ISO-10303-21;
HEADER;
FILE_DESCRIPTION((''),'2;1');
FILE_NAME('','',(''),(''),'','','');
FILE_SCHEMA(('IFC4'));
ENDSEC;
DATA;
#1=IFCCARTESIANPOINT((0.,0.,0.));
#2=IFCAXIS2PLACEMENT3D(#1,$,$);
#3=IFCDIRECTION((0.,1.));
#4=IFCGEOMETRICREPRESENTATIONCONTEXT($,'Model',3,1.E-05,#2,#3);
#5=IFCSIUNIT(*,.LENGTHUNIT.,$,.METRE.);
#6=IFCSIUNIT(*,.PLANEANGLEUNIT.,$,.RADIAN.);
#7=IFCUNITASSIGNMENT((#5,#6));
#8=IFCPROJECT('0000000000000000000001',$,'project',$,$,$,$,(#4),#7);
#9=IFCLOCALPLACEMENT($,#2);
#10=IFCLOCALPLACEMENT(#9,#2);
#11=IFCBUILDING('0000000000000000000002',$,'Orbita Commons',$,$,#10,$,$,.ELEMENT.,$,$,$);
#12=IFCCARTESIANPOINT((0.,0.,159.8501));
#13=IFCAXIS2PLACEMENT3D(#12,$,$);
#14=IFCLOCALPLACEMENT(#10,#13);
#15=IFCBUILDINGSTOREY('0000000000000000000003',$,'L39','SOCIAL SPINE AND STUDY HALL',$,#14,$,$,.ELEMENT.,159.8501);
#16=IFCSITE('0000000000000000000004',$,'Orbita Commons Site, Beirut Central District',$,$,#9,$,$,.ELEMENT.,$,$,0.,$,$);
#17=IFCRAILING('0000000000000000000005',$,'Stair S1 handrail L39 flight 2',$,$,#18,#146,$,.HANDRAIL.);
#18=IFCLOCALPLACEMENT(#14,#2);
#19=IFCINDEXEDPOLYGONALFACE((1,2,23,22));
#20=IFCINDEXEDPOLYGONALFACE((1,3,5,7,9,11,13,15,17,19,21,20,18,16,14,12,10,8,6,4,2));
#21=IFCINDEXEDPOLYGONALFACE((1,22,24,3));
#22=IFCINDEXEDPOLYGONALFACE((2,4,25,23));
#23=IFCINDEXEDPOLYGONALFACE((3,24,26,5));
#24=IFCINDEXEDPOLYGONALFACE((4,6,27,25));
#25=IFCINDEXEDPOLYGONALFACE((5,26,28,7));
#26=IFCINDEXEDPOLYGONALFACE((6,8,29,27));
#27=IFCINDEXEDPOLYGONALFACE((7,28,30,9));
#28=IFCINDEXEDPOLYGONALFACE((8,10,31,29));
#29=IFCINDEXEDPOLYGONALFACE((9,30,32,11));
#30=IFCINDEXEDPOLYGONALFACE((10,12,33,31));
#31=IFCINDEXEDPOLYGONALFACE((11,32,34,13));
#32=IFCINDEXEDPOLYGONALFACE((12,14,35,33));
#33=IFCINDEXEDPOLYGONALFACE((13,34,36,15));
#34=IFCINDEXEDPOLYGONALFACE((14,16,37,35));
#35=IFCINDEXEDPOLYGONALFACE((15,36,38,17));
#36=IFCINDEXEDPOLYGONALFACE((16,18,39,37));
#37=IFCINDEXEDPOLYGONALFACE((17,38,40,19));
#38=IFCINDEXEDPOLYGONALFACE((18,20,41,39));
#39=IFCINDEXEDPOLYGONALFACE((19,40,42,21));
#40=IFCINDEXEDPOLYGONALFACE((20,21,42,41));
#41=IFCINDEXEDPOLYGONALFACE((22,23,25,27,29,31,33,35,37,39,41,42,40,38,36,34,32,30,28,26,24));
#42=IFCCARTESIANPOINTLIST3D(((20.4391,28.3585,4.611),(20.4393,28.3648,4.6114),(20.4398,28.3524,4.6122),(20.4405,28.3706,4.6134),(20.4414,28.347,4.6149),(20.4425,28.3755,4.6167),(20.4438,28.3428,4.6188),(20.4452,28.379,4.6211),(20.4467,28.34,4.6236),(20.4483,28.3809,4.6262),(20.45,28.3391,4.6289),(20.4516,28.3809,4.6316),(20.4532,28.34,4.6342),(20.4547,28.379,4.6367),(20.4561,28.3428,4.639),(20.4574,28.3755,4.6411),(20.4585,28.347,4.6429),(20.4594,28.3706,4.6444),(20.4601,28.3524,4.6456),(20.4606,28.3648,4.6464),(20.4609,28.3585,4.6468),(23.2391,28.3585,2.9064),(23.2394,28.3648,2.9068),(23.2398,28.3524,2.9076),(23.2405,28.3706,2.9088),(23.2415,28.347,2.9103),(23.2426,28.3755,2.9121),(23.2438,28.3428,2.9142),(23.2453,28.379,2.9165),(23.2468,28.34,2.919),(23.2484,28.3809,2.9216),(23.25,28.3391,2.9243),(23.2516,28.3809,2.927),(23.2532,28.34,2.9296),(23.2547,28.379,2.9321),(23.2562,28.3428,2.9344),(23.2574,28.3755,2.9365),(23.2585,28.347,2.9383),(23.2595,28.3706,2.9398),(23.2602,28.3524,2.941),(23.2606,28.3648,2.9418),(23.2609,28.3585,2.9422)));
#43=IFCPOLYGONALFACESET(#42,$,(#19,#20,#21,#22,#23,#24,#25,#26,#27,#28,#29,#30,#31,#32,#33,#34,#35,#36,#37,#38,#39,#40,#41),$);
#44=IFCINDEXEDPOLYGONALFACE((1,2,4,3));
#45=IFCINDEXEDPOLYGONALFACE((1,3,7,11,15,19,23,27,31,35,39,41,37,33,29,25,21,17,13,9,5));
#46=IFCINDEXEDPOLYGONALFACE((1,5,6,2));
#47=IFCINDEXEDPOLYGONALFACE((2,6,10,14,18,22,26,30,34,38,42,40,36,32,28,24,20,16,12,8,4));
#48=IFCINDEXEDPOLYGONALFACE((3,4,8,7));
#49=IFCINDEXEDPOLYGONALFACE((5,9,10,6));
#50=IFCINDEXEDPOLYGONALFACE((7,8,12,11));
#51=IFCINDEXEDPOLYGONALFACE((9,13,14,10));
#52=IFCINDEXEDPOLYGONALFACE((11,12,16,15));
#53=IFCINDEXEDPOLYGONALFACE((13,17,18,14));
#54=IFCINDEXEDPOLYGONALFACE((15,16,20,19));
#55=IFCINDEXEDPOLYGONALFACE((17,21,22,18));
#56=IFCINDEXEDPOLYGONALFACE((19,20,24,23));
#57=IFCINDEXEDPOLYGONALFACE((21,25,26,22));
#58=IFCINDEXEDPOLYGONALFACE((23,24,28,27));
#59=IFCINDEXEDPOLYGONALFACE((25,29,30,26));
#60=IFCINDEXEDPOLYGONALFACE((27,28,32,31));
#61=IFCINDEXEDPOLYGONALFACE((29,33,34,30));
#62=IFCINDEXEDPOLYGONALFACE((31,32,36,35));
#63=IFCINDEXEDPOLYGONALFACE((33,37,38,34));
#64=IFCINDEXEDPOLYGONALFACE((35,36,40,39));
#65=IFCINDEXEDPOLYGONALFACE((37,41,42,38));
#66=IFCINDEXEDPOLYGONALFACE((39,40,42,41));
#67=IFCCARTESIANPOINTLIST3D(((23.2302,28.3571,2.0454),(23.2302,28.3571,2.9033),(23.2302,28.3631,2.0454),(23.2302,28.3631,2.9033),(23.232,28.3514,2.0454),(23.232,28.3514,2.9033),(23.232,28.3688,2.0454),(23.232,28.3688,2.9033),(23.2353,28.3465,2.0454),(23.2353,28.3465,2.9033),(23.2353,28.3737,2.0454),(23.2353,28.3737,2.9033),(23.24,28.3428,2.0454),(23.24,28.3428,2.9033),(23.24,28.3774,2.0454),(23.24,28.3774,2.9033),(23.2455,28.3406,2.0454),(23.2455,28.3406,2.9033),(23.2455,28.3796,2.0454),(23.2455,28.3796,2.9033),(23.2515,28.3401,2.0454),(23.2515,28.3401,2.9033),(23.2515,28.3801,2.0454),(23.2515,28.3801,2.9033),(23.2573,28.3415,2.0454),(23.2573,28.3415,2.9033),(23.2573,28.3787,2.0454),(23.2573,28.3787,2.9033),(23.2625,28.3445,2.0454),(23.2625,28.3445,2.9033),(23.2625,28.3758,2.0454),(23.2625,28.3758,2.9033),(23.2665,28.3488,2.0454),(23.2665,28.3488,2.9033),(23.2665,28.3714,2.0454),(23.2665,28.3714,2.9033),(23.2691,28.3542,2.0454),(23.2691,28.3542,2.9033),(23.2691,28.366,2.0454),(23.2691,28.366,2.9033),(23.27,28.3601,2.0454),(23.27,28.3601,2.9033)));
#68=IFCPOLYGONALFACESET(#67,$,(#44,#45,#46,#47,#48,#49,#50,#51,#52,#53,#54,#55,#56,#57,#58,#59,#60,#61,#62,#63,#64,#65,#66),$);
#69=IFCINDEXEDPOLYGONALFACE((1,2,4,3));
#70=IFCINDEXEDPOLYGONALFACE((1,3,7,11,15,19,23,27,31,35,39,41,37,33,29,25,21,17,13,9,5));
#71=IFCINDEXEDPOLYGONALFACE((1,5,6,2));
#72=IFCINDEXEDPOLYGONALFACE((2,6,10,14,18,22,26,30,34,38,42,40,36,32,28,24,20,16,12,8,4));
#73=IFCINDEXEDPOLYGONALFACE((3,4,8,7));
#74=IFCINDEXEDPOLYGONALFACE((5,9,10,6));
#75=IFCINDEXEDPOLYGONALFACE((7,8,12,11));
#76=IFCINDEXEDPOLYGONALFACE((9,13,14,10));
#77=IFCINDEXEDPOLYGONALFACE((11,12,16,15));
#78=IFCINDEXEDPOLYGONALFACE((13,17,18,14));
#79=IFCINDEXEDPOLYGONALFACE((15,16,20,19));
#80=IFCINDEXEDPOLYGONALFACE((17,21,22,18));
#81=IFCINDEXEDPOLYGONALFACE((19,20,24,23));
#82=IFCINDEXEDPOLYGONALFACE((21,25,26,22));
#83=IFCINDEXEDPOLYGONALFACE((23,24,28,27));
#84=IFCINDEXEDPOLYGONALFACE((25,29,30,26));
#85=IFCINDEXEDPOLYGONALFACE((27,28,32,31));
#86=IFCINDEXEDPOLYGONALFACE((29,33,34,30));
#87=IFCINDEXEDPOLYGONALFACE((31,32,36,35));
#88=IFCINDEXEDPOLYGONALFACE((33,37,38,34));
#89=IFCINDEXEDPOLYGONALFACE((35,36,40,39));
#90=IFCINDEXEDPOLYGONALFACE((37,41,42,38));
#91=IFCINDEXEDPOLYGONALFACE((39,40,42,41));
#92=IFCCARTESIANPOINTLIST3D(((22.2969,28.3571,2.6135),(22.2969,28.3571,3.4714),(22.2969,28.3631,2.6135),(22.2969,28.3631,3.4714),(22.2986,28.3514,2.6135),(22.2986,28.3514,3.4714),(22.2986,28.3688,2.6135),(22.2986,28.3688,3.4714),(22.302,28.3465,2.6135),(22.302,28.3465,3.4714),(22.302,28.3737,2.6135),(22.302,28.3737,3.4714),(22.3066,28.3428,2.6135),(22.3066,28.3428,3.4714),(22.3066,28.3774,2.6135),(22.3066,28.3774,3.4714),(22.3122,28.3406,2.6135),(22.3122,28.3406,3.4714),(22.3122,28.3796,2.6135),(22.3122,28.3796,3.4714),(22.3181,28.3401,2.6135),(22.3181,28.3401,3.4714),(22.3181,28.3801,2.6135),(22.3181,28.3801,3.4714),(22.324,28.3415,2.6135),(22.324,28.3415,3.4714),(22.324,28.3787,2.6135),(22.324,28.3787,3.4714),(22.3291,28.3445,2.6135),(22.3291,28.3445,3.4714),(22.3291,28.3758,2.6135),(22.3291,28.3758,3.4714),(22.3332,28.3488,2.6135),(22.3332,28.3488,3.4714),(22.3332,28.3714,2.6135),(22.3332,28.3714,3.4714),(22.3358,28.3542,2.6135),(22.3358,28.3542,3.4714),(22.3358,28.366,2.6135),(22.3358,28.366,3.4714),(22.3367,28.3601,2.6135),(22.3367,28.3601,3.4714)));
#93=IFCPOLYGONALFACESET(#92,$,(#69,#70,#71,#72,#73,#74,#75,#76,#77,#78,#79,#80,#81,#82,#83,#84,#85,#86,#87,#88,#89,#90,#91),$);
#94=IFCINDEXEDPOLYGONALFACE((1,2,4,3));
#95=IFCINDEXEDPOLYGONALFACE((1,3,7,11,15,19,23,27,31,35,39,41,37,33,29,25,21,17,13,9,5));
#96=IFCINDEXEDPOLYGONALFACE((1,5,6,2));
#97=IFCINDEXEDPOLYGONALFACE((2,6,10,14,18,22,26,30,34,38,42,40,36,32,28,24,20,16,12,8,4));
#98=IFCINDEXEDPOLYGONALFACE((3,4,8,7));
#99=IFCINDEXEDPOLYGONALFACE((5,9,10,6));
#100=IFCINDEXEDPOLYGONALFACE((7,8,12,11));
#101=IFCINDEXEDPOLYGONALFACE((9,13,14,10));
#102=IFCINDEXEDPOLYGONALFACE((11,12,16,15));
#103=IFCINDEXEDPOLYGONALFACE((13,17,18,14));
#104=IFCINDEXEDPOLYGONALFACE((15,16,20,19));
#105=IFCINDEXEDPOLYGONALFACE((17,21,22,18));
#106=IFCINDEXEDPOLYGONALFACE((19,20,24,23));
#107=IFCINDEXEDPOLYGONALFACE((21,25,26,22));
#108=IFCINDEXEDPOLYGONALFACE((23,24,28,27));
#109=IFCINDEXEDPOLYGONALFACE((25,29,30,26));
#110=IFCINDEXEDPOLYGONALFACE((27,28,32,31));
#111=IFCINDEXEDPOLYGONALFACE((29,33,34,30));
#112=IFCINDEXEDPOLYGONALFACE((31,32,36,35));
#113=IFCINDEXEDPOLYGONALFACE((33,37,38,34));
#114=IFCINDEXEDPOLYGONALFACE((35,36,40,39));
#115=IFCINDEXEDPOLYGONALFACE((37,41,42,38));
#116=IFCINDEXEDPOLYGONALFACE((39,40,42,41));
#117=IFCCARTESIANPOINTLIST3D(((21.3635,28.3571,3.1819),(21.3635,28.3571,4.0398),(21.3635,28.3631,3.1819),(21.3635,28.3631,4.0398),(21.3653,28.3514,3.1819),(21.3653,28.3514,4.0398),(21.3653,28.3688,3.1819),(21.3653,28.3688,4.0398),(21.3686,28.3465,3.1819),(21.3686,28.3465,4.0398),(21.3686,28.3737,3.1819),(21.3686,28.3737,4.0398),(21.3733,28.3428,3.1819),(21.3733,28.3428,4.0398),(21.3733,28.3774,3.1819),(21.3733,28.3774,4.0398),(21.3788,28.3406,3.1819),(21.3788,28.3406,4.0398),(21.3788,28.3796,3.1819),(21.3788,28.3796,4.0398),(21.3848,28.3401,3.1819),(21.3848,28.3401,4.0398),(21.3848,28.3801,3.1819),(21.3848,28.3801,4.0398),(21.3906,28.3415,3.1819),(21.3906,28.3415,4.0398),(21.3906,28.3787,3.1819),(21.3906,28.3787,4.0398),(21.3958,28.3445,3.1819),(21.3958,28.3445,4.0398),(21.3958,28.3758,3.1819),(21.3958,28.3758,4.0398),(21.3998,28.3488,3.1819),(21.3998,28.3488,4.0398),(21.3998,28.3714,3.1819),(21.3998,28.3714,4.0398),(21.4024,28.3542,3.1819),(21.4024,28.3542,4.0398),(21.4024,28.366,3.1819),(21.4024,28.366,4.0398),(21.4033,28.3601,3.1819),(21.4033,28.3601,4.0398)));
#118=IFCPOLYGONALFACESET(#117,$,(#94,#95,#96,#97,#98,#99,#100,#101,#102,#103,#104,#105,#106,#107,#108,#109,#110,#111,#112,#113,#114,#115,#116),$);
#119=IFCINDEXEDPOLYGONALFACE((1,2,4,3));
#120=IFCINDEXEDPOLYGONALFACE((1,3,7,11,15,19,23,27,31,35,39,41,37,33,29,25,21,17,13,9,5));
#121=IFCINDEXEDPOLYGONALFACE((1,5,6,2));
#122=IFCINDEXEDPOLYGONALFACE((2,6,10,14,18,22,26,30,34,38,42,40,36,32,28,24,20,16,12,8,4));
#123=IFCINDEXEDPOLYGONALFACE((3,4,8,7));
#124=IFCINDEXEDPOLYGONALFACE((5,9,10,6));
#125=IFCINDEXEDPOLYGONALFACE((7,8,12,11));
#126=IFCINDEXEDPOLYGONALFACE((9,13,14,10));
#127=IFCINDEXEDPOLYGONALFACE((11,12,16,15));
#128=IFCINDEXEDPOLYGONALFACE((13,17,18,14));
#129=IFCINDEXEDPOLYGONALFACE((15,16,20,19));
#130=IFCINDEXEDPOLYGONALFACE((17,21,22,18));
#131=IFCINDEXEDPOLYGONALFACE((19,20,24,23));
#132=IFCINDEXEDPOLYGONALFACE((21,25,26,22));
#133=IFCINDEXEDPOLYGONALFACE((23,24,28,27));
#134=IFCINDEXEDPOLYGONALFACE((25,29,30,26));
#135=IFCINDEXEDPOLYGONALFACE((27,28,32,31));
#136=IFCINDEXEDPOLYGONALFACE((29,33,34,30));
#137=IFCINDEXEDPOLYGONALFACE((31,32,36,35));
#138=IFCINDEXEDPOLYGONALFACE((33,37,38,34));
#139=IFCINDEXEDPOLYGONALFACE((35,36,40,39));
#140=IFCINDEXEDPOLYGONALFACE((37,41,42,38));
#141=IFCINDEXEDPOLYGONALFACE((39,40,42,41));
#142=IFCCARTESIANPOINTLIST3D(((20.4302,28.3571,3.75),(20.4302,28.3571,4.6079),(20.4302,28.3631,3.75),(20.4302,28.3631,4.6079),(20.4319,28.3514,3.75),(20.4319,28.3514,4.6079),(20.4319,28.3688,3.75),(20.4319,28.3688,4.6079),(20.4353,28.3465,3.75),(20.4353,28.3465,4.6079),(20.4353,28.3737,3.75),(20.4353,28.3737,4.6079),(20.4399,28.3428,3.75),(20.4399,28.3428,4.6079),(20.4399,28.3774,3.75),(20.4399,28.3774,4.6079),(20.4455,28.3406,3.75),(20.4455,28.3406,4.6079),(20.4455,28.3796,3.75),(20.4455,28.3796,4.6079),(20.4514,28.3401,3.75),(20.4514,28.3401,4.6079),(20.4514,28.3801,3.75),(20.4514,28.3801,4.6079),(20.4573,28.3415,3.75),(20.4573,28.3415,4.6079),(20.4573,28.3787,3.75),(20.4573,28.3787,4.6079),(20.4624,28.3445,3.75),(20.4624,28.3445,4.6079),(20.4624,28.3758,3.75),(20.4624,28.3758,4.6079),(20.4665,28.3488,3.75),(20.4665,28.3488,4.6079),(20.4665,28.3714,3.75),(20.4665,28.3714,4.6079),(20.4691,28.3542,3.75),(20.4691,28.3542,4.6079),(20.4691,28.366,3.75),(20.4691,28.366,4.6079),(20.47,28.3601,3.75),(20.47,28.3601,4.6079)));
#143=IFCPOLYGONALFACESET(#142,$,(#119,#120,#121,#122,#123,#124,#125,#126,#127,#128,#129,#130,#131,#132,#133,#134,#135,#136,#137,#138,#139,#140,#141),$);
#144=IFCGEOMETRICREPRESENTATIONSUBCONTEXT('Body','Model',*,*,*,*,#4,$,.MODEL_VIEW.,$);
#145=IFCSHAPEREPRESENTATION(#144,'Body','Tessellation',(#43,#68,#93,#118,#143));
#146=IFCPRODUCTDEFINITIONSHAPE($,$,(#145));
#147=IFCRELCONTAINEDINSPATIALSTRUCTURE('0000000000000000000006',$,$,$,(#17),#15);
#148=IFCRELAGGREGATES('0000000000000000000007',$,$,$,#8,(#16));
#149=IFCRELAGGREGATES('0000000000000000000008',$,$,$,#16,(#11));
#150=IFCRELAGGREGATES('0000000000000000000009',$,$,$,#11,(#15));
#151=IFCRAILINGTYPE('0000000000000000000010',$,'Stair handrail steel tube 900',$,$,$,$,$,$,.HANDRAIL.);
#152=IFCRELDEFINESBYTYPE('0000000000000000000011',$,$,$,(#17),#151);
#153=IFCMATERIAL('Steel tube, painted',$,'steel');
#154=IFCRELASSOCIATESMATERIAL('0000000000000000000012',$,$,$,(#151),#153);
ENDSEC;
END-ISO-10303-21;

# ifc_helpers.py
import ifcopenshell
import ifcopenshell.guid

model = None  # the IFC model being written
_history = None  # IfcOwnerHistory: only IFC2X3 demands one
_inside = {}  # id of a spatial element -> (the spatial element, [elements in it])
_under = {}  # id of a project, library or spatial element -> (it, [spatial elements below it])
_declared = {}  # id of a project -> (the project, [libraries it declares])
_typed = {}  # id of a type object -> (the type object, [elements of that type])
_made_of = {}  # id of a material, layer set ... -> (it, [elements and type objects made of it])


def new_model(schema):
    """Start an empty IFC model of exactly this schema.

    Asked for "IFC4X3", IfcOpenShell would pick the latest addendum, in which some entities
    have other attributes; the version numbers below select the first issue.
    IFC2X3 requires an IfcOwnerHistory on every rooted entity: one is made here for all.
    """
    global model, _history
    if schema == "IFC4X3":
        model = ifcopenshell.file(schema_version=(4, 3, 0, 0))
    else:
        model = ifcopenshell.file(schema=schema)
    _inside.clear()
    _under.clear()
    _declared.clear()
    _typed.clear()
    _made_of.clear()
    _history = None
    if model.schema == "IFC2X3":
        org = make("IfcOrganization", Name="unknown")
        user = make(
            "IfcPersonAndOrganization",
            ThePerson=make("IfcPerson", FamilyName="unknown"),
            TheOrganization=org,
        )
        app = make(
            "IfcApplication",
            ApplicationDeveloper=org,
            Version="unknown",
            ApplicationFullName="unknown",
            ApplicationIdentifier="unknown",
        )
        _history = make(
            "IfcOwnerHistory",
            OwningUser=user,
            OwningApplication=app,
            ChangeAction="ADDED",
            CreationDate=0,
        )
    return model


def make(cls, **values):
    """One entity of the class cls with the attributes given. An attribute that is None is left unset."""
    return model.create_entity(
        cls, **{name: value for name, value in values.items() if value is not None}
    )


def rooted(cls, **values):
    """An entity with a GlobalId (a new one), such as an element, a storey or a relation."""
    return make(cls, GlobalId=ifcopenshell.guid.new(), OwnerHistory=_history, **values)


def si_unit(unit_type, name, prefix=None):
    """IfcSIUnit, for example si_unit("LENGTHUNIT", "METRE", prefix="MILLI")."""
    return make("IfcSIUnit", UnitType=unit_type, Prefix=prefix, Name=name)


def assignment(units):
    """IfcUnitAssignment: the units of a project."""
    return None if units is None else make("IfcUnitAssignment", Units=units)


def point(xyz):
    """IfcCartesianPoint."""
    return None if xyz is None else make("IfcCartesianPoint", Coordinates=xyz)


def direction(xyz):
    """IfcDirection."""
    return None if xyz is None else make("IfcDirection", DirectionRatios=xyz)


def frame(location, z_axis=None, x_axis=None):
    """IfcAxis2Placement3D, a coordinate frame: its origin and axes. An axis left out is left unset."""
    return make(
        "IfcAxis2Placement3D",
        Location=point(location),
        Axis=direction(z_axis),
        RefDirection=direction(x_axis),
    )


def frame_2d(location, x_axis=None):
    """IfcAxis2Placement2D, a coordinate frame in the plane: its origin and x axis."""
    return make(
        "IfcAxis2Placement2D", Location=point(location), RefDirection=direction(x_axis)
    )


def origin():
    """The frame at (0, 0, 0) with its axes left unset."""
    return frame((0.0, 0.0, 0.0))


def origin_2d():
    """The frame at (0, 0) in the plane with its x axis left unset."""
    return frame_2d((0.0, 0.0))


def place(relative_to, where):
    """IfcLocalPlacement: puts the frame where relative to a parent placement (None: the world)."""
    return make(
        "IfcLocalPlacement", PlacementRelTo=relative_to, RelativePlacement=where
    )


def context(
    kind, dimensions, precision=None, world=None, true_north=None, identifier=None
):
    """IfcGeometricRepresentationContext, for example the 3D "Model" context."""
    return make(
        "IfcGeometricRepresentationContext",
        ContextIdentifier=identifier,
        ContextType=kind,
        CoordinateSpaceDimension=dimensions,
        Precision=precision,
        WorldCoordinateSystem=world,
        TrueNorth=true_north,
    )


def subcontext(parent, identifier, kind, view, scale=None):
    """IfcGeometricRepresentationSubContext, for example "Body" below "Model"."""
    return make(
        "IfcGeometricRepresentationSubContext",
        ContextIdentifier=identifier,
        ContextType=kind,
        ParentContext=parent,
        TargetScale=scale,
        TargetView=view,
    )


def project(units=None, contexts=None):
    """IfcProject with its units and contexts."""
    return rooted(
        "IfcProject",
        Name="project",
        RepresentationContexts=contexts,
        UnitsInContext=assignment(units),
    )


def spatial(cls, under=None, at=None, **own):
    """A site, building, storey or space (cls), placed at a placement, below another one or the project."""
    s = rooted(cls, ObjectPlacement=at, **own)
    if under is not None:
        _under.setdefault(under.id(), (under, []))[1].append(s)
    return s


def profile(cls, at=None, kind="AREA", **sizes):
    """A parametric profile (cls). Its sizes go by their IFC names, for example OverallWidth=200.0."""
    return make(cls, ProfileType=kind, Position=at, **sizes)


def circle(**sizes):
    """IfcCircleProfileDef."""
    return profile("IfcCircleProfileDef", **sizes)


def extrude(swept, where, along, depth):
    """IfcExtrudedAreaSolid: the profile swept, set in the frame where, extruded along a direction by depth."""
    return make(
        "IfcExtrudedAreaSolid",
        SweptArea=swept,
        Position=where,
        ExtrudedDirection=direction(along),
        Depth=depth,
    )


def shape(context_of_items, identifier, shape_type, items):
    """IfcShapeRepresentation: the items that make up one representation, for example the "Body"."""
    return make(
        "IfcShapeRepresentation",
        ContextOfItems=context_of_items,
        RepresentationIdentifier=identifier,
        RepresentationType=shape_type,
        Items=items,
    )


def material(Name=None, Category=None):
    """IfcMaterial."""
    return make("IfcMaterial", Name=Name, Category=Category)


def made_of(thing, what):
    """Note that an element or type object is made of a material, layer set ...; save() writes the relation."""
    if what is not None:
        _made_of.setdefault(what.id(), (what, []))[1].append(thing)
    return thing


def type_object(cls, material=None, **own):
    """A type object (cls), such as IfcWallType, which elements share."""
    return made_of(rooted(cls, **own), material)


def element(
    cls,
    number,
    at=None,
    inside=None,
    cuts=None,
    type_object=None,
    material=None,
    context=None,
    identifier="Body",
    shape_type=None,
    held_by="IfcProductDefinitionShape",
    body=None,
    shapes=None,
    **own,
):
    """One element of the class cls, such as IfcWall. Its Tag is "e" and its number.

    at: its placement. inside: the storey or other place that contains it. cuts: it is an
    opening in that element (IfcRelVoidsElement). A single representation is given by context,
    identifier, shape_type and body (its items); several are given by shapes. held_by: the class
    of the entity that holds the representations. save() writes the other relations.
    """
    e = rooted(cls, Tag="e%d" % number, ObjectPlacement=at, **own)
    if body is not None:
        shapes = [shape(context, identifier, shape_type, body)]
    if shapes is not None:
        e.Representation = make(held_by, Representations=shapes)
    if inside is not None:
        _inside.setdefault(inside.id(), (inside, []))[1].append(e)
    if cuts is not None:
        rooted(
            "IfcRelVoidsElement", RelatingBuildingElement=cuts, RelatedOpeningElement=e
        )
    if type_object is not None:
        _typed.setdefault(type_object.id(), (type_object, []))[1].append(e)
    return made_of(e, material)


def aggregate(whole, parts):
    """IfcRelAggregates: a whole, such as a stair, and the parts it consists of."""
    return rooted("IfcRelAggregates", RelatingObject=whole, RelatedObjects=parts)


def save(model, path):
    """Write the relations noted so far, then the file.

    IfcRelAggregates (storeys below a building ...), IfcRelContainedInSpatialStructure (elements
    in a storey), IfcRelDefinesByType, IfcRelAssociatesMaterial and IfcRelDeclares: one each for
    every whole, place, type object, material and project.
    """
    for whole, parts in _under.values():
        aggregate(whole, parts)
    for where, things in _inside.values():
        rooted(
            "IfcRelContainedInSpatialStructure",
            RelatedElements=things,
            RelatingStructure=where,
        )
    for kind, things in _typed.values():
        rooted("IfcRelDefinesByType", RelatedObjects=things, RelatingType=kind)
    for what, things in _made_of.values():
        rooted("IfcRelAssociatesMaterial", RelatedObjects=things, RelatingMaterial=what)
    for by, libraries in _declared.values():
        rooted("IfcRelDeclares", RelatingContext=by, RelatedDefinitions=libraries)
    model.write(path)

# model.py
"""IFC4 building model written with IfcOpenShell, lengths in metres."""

from ifc_helpers import new_model, si_unit, direction, frame, origin, origin_2d, place, context, subcontext, project, spatial, circle, extrude, material, type_object, element, save


model = new_model("IFC4")

# Units and contexts
model_context = context("Model", 3, precision=1e-05, world=origin(), true_north=direction((0.0, 1.0)))
body_context = subcontext(model_context, "Body", "Model", "MODEL_VIEW")
ifc_project = project(units=[si_unit("LENGTHUNIT", "METRE"), si_unit("PLANEANGLEUNIT", "RADIAN")], contexts=[model_context])

# Site, building, storey
site_placement = place(None, origin())
site = spatial("IfcSite", under=ifc_project, at=site_placement, Name="Orbita Commons Site, Beirut Central District", CompositionType="ELEMENT", RefElevation=0.0)
building_placement = place(site_placement, origin())
building = spatial("IfcBuilding", under=site, at=building_placement, Name="Orbita Commons", CompositionType="ELEMENT")
storey_placement = place(building_placement, frame((0.0, 0.0, 159.8501)))
storey = spatial("IfcBuildingStorey", under=building, at=storey_placement, Name="L39", Description="SOCIAL SPINE AND STUDY HALL", CompositionType="ELEMENT", Elevation=159.8501)

# Railing
ifc_material_1 = material(Name="Steel tube, painted", Category="steel")
railing_type = type_object("IfcRailingType", Name="Stair handrail steel tube 900", PredefinedType="HANDRAIL", material=ifc_material_1)
for number, where, name in (
    (1, (23.25, 28.3601, 2.0454), "Stair S1 handrail L39 flight 2"),
):
    element("IfcRailing", number, at=place(storey_placement, frame(where)), inside=storey, type_object=railing_type, Name=name, PredefinedType="HANDRAIL", context=body_context, shape_type="SweptSolid", body=[
        extrude(circle(Radius=0.021, at=origin_2d()), frame((0.0, 0.0, 0.8789), z_axis=(-0.85417, 0.0, 0.519994), x_axis=(0.0, -1.0, 0.0)), (0.0, 0.0, 1.0), 3.2781),
        extrude(circle(Radius=0.02, at=origin_2d()), origin(), (0.0, 0.0, 1.0), 0.8579),
        extrude(circle(Radius=0.02, at=origin_2d()), frame((-0.9333, 0.0, 0.5681)), (0.0, 0.0, 1.0), 0.8579),
        extrude(circle(Radius=0.02, at=origin_2d()), frame((-1.8667, 0.0, 1.1365)), (0.0, 0.0, 1.0), 0.8579),
        extrude(circle(Radius=0.02, at=origin_2d()), frame((-2.8, 0.0, 1.7046)), (0.0, 0.0, 1.0), 0.8579),
    ])

save(model, "model.ifc")
